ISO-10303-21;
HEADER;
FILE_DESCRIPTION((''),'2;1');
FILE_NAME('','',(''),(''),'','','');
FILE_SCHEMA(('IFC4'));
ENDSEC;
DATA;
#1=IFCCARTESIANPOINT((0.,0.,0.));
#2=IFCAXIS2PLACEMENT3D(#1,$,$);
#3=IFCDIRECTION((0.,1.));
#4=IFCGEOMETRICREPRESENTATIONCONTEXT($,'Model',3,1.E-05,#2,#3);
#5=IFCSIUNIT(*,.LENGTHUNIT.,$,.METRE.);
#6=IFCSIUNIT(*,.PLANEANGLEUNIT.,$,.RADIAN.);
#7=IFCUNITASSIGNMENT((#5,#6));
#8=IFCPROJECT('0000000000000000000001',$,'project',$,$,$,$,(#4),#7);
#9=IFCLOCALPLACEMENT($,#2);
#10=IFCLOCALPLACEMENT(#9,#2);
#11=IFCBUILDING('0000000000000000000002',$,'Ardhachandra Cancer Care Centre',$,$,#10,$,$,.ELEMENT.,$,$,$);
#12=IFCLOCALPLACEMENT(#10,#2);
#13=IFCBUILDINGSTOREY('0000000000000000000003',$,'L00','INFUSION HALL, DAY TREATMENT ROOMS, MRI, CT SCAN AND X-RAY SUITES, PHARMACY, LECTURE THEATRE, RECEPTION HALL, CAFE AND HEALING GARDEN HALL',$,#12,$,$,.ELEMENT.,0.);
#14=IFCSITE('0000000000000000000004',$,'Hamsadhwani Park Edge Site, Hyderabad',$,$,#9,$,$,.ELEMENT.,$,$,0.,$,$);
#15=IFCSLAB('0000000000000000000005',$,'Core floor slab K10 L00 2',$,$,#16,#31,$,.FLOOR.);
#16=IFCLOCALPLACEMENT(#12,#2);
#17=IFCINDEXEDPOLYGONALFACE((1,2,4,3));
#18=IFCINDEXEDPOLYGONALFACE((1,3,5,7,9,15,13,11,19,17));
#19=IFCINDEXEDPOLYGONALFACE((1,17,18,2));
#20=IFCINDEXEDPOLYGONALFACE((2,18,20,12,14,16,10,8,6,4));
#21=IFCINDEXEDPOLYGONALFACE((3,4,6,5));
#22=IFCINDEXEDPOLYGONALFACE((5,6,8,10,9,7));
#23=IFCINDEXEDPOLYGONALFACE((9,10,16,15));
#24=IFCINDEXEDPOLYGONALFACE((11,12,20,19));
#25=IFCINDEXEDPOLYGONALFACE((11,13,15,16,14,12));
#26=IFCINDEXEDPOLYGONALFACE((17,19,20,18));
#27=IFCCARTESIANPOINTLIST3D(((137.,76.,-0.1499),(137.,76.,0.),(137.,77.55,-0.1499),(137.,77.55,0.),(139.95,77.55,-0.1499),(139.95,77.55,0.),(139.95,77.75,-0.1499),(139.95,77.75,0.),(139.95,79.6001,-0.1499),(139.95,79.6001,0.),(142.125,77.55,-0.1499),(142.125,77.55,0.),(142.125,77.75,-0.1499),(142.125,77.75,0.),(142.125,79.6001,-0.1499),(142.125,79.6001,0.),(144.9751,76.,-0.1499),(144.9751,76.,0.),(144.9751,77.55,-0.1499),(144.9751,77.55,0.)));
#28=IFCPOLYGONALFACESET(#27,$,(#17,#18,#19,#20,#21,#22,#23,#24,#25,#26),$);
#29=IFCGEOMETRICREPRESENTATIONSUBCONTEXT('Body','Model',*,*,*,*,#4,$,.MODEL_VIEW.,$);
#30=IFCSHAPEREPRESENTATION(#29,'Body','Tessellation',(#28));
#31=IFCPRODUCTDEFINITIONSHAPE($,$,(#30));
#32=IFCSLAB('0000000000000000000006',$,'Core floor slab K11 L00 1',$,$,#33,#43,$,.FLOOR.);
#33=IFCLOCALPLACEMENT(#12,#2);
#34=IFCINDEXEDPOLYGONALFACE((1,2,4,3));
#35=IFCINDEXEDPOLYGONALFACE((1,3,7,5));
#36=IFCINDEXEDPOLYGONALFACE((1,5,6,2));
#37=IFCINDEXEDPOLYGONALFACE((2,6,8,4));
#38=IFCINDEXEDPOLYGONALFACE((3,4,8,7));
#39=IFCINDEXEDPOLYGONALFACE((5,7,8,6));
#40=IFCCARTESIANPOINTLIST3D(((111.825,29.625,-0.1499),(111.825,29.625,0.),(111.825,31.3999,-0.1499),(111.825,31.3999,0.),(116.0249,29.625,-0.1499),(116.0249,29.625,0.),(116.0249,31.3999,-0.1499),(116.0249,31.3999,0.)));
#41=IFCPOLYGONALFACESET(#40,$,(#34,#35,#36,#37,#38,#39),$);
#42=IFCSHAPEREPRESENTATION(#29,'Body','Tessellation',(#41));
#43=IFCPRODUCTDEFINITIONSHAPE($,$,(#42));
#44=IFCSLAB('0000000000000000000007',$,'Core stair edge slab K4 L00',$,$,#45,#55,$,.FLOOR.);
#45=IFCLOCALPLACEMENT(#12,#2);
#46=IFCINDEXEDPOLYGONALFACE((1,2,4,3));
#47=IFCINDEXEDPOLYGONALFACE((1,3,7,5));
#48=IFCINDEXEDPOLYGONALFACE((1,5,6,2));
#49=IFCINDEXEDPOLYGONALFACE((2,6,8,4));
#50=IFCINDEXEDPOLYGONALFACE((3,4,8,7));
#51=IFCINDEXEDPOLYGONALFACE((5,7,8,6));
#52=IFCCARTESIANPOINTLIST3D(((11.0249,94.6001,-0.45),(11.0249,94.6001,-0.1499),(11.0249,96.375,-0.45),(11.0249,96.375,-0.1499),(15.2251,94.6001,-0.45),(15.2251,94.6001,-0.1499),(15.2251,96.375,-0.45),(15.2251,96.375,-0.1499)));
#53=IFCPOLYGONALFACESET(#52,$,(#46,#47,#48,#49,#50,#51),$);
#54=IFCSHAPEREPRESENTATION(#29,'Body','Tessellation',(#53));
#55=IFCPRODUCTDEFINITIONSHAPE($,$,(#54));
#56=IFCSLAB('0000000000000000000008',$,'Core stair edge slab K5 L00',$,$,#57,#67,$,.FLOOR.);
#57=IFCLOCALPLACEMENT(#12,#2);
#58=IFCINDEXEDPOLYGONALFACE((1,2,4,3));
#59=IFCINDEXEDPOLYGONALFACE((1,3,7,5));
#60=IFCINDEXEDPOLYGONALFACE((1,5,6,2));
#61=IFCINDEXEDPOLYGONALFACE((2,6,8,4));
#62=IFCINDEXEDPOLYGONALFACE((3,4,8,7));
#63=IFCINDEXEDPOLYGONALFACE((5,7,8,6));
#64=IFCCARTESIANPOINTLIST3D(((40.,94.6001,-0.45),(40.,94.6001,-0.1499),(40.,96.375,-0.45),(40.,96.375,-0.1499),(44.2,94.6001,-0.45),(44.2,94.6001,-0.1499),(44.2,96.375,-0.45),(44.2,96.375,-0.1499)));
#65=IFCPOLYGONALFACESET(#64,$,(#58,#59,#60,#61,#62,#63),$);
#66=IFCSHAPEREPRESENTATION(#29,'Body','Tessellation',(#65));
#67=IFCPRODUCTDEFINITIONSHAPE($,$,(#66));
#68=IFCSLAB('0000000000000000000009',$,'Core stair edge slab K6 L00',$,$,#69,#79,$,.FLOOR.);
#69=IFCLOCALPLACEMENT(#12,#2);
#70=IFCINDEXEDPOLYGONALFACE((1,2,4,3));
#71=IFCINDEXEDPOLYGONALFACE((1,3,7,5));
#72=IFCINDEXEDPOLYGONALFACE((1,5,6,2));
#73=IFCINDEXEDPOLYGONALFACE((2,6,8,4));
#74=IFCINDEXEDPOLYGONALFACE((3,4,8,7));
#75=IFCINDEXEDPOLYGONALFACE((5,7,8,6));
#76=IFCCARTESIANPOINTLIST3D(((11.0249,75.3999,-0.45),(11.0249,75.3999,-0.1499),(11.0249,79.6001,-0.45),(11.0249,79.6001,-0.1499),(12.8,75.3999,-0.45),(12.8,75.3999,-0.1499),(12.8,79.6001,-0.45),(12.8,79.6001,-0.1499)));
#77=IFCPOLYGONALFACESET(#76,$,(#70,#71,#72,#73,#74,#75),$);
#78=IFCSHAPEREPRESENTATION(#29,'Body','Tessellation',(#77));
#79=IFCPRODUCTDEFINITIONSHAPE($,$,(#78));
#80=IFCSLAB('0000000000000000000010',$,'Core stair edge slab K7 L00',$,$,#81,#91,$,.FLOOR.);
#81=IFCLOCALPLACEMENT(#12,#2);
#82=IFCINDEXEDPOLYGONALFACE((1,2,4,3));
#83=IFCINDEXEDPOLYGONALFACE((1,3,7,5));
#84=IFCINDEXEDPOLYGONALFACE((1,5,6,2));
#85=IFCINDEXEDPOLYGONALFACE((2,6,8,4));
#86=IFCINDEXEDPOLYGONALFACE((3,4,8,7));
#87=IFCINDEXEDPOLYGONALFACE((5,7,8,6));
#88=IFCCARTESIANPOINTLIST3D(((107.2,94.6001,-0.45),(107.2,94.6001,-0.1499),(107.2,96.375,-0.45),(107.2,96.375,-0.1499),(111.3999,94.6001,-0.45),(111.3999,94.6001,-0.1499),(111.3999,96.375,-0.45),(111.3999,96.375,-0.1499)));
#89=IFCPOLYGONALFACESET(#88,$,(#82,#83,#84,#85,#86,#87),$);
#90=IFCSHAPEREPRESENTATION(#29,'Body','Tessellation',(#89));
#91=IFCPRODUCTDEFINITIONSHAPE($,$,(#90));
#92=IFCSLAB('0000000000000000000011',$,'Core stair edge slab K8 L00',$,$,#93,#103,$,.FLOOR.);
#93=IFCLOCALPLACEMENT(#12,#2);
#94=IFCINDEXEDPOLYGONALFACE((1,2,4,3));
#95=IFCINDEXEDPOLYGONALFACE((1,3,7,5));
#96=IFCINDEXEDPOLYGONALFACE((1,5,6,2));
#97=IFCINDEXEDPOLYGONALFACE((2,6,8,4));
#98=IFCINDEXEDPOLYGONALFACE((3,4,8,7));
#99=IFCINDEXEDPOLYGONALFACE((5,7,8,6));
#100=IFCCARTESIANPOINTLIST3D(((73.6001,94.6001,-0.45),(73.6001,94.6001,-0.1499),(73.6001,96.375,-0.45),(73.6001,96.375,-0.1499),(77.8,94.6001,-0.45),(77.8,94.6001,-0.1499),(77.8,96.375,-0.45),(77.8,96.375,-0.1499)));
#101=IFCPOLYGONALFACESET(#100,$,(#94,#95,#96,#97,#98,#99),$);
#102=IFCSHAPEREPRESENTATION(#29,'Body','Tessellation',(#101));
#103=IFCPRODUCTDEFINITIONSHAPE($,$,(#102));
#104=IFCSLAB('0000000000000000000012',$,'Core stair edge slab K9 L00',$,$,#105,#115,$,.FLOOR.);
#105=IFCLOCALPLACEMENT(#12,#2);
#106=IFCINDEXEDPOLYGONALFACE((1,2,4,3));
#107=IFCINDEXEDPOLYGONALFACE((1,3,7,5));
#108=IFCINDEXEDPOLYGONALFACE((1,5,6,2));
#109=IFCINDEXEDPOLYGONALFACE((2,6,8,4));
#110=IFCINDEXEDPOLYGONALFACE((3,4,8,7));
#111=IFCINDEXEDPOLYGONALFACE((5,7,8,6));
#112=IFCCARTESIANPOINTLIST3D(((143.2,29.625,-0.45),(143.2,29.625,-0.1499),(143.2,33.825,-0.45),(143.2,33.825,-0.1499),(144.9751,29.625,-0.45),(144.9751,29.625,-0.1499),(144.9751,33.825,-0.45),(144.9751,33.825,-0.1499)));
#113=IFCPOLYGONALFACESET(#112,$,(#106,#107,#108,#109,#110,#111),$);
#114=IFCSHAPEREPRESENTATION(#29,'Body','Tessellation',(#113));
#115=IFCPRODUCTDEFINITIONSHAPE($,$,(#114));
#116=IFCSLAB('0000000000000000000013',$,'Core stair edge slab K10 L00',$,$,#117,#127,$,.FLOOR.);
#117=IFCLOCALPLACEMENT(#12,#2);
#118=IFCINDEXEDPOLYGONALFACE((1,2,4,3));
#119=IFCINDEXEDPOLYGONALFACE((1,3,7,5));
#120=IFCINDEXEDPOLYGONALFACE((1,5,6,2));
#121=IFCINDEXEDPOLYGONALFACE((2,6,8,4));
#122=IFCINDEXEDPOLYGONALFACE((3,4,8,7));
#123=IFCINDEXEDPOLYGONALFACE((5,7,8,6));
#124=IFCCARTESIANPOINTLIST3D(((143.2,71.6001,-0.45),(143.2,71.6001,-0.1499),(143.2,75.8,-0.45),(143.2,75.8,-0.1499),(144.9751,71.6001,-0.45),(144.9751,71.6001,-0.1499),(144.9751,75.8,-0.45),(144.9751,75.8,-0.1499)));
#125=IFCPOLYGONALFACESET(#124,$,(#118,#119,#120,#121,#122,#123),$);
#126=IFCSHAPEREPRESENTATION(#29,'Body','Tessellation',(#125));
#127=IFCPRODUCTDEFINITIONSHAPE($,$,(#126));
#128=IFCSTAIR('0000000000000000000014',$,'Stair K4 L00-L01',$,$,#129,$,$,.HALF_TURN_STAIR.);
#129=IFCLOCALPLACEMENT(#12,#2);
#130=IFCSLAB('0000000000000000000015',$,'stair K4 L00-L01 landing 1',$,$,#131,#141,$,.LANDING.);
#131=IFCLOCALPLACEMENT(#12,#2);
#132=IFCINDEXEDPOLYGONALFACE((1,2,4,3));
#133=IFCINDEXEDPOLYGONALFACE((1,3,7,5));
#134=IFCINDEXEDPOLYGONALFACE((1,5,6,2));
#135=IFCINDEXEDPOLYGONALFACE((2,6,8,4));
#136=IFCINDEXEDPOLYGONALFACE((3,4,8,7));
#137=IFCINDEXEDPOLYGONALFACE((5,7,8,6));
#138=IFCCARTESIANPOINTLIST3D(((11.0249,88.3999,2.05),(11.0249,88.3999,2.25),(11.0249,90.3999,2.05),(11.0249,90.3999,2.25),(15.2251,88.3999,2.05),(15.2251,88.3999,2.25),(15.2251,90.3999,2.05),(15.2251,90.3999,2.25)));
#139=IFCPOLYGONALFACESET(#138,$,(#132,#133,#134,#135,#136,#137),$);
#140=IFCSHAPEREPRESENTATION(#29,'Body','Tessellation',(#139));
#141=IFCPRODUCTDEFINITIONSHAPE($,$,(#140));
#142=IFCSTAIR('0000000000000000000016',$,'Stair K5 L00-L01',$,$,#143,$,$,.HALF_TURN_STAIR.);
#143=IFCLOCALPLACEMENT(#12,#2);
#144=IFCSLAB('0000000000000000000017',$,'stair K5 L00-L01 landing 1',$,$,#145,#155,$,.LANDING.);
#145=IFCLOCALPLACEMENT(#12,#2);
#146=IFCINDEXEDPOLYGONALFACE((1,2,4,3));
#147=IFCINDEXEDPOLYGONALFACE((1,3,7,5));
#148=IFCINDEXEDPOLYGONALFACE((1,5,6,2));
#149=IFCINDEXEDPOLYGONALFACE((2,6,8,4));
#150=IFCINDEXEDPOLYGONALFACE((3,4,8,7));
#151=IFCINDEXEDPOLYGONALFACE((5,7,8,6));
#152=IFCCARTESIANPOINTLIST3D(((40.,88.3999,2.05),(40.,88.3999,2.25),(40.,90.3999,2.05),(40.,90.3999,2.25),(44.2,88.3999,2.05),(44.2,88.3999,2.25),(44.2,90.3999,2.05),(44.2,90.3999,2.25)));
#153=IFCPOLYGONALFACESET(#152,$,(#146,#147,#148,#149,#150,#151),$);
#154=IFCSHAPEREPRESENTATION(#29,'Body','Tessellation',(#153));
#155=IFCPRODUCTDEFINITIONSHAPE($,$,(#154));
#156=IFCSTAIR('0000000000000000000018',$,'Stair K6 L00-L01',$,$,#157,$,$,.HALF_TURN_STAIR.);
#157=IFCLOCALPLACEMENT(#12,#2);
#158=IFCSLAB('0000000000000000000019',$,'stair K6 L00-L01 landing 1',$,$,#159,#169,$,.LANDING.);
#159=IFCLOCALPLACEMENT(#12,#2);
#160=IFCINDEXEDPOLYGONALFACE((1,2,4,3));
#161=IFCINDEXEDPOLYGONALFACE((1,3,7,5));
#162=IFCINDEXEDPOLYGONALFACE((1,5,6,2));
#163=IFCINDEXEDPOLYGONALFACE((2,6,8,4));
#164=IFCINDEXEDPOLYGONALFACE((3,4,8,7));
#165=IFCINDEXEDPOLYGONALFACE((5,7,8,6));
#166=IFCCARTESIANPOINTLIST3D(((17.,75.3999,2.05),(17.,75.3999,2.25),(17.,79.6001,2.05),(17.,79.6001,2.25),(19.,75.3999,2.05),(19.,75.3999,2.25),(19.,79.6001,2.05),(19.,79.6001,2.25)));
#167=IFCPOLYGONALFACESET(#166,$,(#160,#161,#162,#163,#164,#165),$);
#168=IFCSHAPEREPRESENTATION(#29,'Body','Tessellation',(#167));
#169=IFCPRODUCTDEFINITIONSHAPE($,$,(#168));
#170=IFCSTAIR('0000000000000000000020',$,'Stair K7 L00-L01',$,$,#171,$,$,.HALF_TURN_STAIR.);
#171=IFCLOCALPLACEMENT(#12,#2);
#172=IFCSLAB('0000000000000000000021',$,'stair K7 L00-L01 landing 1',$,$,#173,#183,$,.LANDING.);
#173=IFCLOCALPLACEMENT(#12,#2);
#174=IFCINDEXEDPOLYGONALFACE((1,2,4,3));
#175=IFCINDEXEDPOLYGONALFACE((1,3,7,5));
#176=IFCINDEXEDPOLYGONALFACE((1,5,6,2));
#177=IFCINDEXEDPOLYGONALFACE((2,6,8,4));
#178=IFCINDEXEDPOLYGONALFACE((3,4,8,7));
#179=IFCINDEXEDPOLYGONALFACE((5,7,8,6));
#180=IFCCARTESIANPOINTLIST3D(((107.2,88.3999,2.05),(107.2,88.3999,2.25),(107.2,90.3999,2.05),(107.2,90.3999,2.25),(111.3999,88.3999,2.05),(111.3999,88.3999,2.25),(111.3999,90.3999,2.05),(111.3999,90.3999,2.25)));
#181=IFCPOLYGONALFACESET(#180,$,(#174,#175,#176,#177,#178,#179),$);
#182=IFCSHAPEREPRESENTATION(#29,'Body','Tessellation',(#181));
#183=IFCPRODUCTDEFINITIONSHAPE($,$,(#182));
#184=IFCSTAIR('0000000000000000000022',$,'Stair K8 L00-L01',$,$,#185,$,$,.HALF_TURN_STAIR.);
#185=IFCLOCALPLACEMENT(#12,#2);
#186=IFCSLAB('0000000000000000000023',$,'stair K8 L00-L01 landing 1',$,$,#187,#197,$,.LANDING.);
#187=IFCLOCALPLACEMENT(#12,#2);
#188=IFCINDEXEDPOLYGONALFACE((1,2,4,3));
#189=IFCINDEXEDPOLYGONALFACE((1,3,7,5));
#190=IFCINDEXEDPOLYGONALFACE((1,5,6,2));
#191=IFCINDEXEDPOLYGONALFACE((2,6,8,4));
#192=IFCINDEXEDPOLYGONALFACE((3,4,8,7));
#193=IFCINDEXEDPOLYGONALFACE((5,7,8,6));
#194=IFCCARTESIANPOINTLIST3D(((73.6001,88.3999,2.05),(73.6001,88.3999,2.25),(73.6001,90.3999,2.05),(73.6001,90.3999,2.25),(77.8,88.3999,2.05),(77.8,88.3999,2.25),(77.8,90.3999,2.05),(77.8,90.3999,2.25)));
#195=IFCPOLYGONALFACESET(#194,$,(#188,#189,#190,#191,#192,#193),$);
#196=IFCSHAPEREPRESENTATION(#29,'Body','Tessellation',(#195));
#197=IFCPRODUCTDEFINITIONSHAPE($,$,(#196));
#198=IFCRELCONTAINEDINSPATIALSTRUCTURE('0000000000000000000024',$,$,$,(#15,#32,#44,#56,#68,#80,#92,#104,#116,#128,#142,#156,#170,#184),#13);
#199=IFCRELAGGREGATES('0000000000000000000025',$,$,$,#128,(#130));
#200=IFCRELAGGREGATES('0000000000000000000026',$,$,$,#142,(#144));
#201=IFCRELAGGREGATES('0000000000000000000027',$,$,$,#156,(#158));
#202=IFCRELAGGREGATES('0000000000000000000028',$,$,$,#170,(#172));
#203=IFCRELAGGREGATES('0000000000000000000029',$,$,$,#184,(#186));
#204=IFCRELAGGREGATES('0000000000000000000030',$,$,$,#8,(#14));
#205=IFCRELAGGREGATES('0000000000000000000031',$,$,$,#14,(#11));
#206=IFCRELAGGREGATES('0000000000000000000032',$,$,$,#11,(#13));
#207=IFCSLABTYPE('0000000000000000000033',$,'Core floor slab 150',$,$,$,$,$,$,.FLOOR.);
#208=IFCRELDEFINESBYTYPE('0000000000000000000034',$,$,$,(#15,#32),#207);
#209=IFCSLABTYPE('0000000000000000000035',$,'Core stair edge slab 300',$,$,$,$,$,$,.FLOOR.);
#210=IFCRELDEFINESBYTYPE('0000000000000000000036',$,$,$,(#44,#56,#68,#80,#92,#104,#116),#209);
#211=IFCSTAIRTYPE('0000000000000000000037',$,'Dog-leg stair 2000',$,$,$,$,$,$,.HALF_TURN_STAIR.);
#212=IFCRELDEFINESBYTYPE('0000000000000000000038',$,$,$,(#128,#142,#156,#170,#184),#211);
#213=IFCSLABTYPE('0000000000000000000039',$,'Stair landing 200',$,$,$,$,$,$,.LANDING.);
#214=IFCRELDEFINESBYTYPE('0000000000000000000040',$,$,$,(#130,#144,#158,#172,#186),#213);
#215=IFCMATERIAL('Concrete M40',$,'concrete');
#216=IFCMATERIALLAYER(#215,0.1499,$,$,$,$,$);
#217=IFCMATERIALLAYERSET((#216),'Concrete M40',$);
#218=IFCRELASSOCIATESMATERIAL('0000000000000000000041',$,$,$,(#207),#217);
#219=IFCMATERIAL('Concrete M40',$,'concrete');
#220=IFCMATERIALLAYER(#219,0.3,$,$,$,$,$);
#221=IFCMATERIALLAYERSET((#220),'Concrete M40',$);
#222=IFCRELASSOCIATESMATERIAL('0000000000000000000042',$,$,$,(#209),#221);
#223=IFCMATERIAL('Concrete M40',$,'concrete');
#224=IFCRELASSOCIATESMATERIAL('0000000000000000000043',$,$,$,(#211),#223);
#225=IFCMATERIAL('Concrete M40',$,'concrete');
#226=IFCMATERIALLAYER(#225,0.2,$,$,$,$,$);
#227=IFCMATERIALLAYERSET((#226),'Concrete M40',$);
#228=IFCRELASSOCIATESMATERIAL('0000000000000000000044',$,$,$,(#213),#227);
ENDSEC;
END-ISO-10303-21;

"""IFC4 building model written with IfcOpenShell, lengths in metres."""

from ifc_helpers import new_model, si_unit, direction, frame, origin, place, context, subcontext, project, spatial, polyline, outline, extrude, material, layer, layer_set, type_object, element, aggregate, save


model = new_model("IFC4")

# Units and contexts
model_context = context("Model", 3, precision=1e-05, world=origin(), true_north=direction((0.0, 1.0)))
body_context = subcontext(model_context, "Body", "Model", "MODEL_VIEW")
ifc_project = project(units=[si_unit("LENGTHUNIT", "METRE"), si_unit("PLANEANGLEUNIT", "RADIAN")], contexts=[model_context])

# Site, building, storey
site_placement = place(None, origin())
site = spatial("IfcSite", under=ifc_project, at=site_placement, Name="Hamsadhwani Park Edge Site, Hyderabad", CompositionType="ELEMENT", RefElevation=0.0)
building_placement = place(site_placement, origin())
building = spatial("IfcBuilding", under=site, at=building_placement, Name="Ardhachandra Cancer Care Centre", CompositionType="ELEMENT")
storey_placement = place(building_placement, origin())
storey = spatial("IfcBuildingStorey", under=building, at=storey_placement, Name="L00", Description="INFUSION HALL, DAY TREATMENT ROOMS, MRI, CT SCAN AND X-RAY SUITES, PHARMACY, LECTURE THEATRE, RECEPTION HALL, CAFE AND HEALING GARDEN HALL", CompositionType="ELEMENT", Elevation=0.0)

# Slabs
ifc_material_1 = material(Name="Concrete M40", Category="concrete")
ifc_layer_1 = layer(ifc_material_1, 0.1499)
ifc_layer_set_1 = layer_set([ifc_layer_1], Name="Concrete M40")
slab_type_1 = type_object("IfcSlabType", Name="Core floor slab 150", PredefinedType="FLOOR", material=ifc_layer_set_1)
slab_1_placement = place(storey_placement, frame((0.0, 0.0, -0.1499)))
element("IfcSlab", 1, at=slab_1_placement, inside=storey, type_object=slab_type_1, Name="Core floor slab K10 L00 2", PredefinedType="FLOOR", context=body_context, shape_type="SweptSolid", body=[
    extrude(outline(polyline([(137.0, 77.55), (139.95, 77.55), (139.95, 77.75), (139.95, 79.6001), (142.125, 79.6001), (142.125, 77.75), (142.125, 77.55), (144.9751, 77.55), (144.9751, 76.0), (137.0, 76.0), (137.0, 77.55)])), origin(), (0.0, 0.0, 1.0), 0.1499),
])
slab_2_placement = place(storey_placement, frame((0.0, 0.0, -0.1499)))
element("IfcSlab", 2, at=slab_2_placement, inside=storey, type_object=slab_type_1, Name="Core floor slab K11 L00 1", PredefinedType="FLOOR", context=body_context, shape_type="SweptSolid", body=[
    extrude(outline(polyline([(111.825, 31.3999), (116.0249, 31.3999), (116.0249, 29.625), (111.825, 29.625), (111.825, 31.3999)])), origin(), (0.0, 0.0, 1.0), 0.1499),
])
ifc_material_2 = material(Name="Concrete M40", Category="concrete")
ifc_layer_2 = layer(ifc_material_2, 0.3)
ifc_layer_set_2 = layer_set([ifc_layer_2], Name="Concrete M40")
slab_type_2 = type_object("IfcSlabType", Name="Core stair edge slab 300", PredefinedType="FLOOR", material=ifc_layer_set_2)
slab_3_placement = place(storey_placement, frame((0.0, 0.0, -0.45)))
element("IfcSlab", 3, at=slab_3_placement, inside=storey, type_object=slab_type_2, Name="Core stair edge slab K4 L00", PredefinedType="FLOOR", context=body_context, shape_type="SweptSolid", body=[
    extrude(outline(polyline([(11.0249, 96.375), (15.2251, 96.375), (15.2251, 94.6001), (11.0249, 94.6001), (11.0249, 96.375)])), origin(), (0.0, 0.0, 1.0), 0.3),
])
slab_4_placement = place(storey_placement, frame((0.0, 0.0, -0.45)))
element("IfcSlab", 4, at=slab_4_placement, inside=storey, type_object=slab_type_2, Name="Core stair edge slab K5 L00", PredefinedType="FLOOR", context=body_context, shape_type="SweptSolid", body=[
    extrude(outline(polyline([(40.0, 94.6001), (40.0, 96.375), (44.2, 96.375), (44.2, 94.6001), (40.0, 94.6001)])), origin(), (0.0, 0.0, 1.0), 0.3),
])
slab_5_placement = place(storey_placement, frame((0.0, 0.0, -0.45)))
element("IfcSlab", 5, at=slab_5_placement, inside=storey, type_object=slab_type_2, Name="Core stair edge slab K6 L00", PredefinedType="FLOOR", context=body_context, shape_type="SweptSolid", body=[
    extrude(outline(polyline([(12.8, 75.3999), (11.0249, 75.3999), (11.0249, 79.6001), (12.8, 79.6001), (12.8, 75.3999)])), origin(), (0.0, 0.0, 1.0), 0.3),
])
slab_6_placement = place(storey_placement, frame((0.0, 0.0, -0.45)))
element("IfcSlab", 6, at=slab_6_placement, inside=storey, type_object=slab_type_2, Name="Core stair edge slab K7 L00", PredefinedType="FLOOR", context=body_context, shape_type="SweptSolid", body=[
    extrude(outline(polyline([(107.2, 94.6001), (107.2, 96.375), (111.3999, 96.375), (111.3999, 94.6001), (107.2, 94.6001)])), origin(), (0.0, 0.0, 1.0), 0.3),
])
slab_7_placement = place(storey_placement, frame((0.0, 0.0, -0.45)))
element("IfcSlab", 7, at=slab_7_placement, inside=storey, type_object=slab_type_2, Name="Core stair edge slab K8 L00", PredefinedType="FLOOR", context=body_context, shape_type="SweptSolid", body=[
    extrude(outline(polyline([(73.6001, 94.6001), (73.6001, 96.375), (77.8, 96.375), (77.8, 94.6001), (73.6001, 94.6001)])), origin(), (0.0, 0.0, 1.0), 0.3),
])
slab_8_placement = place(storey_placement, frame((0.0, 0.0, -0.45)))
element("IfcSlab", 8, at=slab_8_placement, inside=storey, type_object=slab_type_2, Name="Core stair edge slab K9 L00", PredefinedType="FLOOR", context=body_context, shape_type="SweptSolid", body=[
    extrude(outline(polyline([(143.2, 33.825), (144.9751, 33.825), (144.9751, 29.625), (143.2, 29.625), (143.2, 33.825)])), origin(), (0.0, 0.0, 1.0), 0.3),
])
slab_9_placement = place(storey_placement, frame((0.0, 0.0, -0.45)))
element("IfcSlab", 9, at=slab_9_placement, inside=storey, type_object=slab_type_2, Name="Core stair edge slab K10 L00", PredefinedType="FLOOR", context=body_context, shape_type="SweptSolid", body=[
    extrude(outline(polyline([(143.2, 75.8), (144.9751, 75.8), (144.9751, 71.6001), (143.2, 71.6001), (143.2, 75.8)])), origin(), (0.0, 0.0, 1.0), 0.3),
])

# Stairs, slabs
ifc_material_3 = material(Name="Concrete M40", Category="concrete")
stair_type = type_object("IfcStairType", Name="Dog-leg stair 2000", PredefinedType="HALF_TURN_STAIR", material=ifc_material_3)
stair_1_placement = place(storey_placement, origin())
stair_1 = element("IfcStair", 10, at=stair_1_placement, inside=storey, type_object=stair_type, Name="Stair K4 L00-L01", PredefinedType="HALF_TURN_STAIR")
ifc_material_4 = material(Name="Concrete M40", Category="concrete")
ifc_layer_3 = layer(ifc_material_4, 0.2)
ifc_layer_set_3 = layer_set([ifc_layer_3], Name="Concrete M40")
slab_type_3 = type_object("IfcSlabType", Name="Stair landing 200", PredefinedType="LANDING", material=ifc_layer_set_3)
slab_10_placement = place(storey_placement, frame((0.0, 0.0, 2.05)))
slab_10 = element("IfcSlab", 11, at=slab_10_placement, type_object=slab_type_3, Name="stair K4 L00-L01 landing 1", PredefinedType="LANDING", context=body_context, shape_type="SweptSolid", body=[
    extrude(outline(polyline([(11.0249, 88.3999), (15.2251, 88.3999), (15.2251, 90.3999), (11.0249, 90.3999), (11.0249, 88.3999)])), origin(), (0.0, 0.0, 1.0), 0.2),
])
aggregate(stair_1, [slab_10])
stair_2_placement = place(storey_placement, origin())
stair_2 = element("IfcStair", 12, at=stair_2_placement, inside=storey, type_object=stair_type, Name="Stair K5 L00-L01", PredefinedType="HALF_TURN_STAIR")
slab_11_placement = place(storey_placement, frame((0.0, 0.0, 2.05)))
slab_11 = element("IfcSlab", 13, at=slab_11_placement, type_object=slab_type_3, Name="stair K5 L00-L01 landing 1", PredefinedType="LANDING", context=body_context, shape_type="SweptSolid", body=[
    extrude(outline(polyline([(40.0, 88.3999), (44.2, 88.3999), (44.2, 90.3999), (40.0, 90.3999), (40.0, 88.3999)])), origin(), (0.0, 0.0, 1.0), 0.2),
])
aggregate(stair_2, [slab_11])
stair_3_placement = place(storey_placement, origin())
stair_3 = element("IfcStair", 14, at=stair_3_placement, inside=storey, type_object=stair_type, Name="Stair K6 L00-L01", PredefinedType="HALF_TURN_STAIR")
slab_12_placement = place(storey_placement, frame((0.0, 0.0, 2.05)))
slab_12 = element("IfcSlab", 15, at=slab_12_placement, type_object=slab_type_3, Name="stair K6 L00-L01 landing 1", PredefinedType="LANDING", context=body_context, shape_type="SweptSolid", body=[
    extrude(outline(polyline([(17.0, 75.3999), (19.0, 75.3999), (19.0, 79.6001), (17.0, 79.6001), (17.0, 75.3999)])), origin(), (0.0, 0.0, 1.0), 0.2),
])
aggregate(stair_3, [slab_12])
stair_4_placement = place(storey_placement, origin())
stair_4 = element("IfcStair", 16, at=stair_4_placement, inside=storey, type_object=stair_type, Name="Stair K7 L00-L01", PredefinedType="HALF_TURN_STAIR")
slab_13_placement = place(storey_placement, frame((0.0, 0.0, 2.05)))
slab_13 = element("IfcSlab", 17, at=slab_13_placement, type_object=slab_type_3, Name="stair K7 L00-L01 landing 1", PredefinedType="LANDING", context=body_context, shape_type="SweptSolid", body=[
    extrude(outline(polyline([(107.2, 88.3999), (111.3999, 88.3999), (111.3999, 90.3999), (107.2, 90.3999), (107.2, 88.3999)])), origin(), (0.0, 0.0, 1.0), 0.2),
])
aggregate(stair_4, [slab_13])
stair_5_placement = place(storey_placement, origin())
stair_5 = element("IfcStair", 18, at=stair_5_placement, inside=storey, type_object=stair_type, Name="Stair K8 L00-L01", PredefinedType="HALF_TURN_STAIR")
slab_14_placement = place(storey_placement, frame((0.0, 0.0, 2.05)))
slab_14 = element("IfcSlab", 19, at=slab_14_placement, type_object=slab_type_3, Name="stair K8 L00-L01 landing 1", PredefinedType="LANDING", context=body_context, shape_type="SweptSolid", body=[
    extrude(outline(polyline([(73.6001, 88.3999), (77.8, 88.3999), (77.8, 90.3999), (73.6001, 90.3999), (73.6001, 88.3999)])), origin(), (0.0, 0.0, 1.0), 0.2),
])
aggregate(stair_5, [slab_14])

save(model, "model.ifc")
